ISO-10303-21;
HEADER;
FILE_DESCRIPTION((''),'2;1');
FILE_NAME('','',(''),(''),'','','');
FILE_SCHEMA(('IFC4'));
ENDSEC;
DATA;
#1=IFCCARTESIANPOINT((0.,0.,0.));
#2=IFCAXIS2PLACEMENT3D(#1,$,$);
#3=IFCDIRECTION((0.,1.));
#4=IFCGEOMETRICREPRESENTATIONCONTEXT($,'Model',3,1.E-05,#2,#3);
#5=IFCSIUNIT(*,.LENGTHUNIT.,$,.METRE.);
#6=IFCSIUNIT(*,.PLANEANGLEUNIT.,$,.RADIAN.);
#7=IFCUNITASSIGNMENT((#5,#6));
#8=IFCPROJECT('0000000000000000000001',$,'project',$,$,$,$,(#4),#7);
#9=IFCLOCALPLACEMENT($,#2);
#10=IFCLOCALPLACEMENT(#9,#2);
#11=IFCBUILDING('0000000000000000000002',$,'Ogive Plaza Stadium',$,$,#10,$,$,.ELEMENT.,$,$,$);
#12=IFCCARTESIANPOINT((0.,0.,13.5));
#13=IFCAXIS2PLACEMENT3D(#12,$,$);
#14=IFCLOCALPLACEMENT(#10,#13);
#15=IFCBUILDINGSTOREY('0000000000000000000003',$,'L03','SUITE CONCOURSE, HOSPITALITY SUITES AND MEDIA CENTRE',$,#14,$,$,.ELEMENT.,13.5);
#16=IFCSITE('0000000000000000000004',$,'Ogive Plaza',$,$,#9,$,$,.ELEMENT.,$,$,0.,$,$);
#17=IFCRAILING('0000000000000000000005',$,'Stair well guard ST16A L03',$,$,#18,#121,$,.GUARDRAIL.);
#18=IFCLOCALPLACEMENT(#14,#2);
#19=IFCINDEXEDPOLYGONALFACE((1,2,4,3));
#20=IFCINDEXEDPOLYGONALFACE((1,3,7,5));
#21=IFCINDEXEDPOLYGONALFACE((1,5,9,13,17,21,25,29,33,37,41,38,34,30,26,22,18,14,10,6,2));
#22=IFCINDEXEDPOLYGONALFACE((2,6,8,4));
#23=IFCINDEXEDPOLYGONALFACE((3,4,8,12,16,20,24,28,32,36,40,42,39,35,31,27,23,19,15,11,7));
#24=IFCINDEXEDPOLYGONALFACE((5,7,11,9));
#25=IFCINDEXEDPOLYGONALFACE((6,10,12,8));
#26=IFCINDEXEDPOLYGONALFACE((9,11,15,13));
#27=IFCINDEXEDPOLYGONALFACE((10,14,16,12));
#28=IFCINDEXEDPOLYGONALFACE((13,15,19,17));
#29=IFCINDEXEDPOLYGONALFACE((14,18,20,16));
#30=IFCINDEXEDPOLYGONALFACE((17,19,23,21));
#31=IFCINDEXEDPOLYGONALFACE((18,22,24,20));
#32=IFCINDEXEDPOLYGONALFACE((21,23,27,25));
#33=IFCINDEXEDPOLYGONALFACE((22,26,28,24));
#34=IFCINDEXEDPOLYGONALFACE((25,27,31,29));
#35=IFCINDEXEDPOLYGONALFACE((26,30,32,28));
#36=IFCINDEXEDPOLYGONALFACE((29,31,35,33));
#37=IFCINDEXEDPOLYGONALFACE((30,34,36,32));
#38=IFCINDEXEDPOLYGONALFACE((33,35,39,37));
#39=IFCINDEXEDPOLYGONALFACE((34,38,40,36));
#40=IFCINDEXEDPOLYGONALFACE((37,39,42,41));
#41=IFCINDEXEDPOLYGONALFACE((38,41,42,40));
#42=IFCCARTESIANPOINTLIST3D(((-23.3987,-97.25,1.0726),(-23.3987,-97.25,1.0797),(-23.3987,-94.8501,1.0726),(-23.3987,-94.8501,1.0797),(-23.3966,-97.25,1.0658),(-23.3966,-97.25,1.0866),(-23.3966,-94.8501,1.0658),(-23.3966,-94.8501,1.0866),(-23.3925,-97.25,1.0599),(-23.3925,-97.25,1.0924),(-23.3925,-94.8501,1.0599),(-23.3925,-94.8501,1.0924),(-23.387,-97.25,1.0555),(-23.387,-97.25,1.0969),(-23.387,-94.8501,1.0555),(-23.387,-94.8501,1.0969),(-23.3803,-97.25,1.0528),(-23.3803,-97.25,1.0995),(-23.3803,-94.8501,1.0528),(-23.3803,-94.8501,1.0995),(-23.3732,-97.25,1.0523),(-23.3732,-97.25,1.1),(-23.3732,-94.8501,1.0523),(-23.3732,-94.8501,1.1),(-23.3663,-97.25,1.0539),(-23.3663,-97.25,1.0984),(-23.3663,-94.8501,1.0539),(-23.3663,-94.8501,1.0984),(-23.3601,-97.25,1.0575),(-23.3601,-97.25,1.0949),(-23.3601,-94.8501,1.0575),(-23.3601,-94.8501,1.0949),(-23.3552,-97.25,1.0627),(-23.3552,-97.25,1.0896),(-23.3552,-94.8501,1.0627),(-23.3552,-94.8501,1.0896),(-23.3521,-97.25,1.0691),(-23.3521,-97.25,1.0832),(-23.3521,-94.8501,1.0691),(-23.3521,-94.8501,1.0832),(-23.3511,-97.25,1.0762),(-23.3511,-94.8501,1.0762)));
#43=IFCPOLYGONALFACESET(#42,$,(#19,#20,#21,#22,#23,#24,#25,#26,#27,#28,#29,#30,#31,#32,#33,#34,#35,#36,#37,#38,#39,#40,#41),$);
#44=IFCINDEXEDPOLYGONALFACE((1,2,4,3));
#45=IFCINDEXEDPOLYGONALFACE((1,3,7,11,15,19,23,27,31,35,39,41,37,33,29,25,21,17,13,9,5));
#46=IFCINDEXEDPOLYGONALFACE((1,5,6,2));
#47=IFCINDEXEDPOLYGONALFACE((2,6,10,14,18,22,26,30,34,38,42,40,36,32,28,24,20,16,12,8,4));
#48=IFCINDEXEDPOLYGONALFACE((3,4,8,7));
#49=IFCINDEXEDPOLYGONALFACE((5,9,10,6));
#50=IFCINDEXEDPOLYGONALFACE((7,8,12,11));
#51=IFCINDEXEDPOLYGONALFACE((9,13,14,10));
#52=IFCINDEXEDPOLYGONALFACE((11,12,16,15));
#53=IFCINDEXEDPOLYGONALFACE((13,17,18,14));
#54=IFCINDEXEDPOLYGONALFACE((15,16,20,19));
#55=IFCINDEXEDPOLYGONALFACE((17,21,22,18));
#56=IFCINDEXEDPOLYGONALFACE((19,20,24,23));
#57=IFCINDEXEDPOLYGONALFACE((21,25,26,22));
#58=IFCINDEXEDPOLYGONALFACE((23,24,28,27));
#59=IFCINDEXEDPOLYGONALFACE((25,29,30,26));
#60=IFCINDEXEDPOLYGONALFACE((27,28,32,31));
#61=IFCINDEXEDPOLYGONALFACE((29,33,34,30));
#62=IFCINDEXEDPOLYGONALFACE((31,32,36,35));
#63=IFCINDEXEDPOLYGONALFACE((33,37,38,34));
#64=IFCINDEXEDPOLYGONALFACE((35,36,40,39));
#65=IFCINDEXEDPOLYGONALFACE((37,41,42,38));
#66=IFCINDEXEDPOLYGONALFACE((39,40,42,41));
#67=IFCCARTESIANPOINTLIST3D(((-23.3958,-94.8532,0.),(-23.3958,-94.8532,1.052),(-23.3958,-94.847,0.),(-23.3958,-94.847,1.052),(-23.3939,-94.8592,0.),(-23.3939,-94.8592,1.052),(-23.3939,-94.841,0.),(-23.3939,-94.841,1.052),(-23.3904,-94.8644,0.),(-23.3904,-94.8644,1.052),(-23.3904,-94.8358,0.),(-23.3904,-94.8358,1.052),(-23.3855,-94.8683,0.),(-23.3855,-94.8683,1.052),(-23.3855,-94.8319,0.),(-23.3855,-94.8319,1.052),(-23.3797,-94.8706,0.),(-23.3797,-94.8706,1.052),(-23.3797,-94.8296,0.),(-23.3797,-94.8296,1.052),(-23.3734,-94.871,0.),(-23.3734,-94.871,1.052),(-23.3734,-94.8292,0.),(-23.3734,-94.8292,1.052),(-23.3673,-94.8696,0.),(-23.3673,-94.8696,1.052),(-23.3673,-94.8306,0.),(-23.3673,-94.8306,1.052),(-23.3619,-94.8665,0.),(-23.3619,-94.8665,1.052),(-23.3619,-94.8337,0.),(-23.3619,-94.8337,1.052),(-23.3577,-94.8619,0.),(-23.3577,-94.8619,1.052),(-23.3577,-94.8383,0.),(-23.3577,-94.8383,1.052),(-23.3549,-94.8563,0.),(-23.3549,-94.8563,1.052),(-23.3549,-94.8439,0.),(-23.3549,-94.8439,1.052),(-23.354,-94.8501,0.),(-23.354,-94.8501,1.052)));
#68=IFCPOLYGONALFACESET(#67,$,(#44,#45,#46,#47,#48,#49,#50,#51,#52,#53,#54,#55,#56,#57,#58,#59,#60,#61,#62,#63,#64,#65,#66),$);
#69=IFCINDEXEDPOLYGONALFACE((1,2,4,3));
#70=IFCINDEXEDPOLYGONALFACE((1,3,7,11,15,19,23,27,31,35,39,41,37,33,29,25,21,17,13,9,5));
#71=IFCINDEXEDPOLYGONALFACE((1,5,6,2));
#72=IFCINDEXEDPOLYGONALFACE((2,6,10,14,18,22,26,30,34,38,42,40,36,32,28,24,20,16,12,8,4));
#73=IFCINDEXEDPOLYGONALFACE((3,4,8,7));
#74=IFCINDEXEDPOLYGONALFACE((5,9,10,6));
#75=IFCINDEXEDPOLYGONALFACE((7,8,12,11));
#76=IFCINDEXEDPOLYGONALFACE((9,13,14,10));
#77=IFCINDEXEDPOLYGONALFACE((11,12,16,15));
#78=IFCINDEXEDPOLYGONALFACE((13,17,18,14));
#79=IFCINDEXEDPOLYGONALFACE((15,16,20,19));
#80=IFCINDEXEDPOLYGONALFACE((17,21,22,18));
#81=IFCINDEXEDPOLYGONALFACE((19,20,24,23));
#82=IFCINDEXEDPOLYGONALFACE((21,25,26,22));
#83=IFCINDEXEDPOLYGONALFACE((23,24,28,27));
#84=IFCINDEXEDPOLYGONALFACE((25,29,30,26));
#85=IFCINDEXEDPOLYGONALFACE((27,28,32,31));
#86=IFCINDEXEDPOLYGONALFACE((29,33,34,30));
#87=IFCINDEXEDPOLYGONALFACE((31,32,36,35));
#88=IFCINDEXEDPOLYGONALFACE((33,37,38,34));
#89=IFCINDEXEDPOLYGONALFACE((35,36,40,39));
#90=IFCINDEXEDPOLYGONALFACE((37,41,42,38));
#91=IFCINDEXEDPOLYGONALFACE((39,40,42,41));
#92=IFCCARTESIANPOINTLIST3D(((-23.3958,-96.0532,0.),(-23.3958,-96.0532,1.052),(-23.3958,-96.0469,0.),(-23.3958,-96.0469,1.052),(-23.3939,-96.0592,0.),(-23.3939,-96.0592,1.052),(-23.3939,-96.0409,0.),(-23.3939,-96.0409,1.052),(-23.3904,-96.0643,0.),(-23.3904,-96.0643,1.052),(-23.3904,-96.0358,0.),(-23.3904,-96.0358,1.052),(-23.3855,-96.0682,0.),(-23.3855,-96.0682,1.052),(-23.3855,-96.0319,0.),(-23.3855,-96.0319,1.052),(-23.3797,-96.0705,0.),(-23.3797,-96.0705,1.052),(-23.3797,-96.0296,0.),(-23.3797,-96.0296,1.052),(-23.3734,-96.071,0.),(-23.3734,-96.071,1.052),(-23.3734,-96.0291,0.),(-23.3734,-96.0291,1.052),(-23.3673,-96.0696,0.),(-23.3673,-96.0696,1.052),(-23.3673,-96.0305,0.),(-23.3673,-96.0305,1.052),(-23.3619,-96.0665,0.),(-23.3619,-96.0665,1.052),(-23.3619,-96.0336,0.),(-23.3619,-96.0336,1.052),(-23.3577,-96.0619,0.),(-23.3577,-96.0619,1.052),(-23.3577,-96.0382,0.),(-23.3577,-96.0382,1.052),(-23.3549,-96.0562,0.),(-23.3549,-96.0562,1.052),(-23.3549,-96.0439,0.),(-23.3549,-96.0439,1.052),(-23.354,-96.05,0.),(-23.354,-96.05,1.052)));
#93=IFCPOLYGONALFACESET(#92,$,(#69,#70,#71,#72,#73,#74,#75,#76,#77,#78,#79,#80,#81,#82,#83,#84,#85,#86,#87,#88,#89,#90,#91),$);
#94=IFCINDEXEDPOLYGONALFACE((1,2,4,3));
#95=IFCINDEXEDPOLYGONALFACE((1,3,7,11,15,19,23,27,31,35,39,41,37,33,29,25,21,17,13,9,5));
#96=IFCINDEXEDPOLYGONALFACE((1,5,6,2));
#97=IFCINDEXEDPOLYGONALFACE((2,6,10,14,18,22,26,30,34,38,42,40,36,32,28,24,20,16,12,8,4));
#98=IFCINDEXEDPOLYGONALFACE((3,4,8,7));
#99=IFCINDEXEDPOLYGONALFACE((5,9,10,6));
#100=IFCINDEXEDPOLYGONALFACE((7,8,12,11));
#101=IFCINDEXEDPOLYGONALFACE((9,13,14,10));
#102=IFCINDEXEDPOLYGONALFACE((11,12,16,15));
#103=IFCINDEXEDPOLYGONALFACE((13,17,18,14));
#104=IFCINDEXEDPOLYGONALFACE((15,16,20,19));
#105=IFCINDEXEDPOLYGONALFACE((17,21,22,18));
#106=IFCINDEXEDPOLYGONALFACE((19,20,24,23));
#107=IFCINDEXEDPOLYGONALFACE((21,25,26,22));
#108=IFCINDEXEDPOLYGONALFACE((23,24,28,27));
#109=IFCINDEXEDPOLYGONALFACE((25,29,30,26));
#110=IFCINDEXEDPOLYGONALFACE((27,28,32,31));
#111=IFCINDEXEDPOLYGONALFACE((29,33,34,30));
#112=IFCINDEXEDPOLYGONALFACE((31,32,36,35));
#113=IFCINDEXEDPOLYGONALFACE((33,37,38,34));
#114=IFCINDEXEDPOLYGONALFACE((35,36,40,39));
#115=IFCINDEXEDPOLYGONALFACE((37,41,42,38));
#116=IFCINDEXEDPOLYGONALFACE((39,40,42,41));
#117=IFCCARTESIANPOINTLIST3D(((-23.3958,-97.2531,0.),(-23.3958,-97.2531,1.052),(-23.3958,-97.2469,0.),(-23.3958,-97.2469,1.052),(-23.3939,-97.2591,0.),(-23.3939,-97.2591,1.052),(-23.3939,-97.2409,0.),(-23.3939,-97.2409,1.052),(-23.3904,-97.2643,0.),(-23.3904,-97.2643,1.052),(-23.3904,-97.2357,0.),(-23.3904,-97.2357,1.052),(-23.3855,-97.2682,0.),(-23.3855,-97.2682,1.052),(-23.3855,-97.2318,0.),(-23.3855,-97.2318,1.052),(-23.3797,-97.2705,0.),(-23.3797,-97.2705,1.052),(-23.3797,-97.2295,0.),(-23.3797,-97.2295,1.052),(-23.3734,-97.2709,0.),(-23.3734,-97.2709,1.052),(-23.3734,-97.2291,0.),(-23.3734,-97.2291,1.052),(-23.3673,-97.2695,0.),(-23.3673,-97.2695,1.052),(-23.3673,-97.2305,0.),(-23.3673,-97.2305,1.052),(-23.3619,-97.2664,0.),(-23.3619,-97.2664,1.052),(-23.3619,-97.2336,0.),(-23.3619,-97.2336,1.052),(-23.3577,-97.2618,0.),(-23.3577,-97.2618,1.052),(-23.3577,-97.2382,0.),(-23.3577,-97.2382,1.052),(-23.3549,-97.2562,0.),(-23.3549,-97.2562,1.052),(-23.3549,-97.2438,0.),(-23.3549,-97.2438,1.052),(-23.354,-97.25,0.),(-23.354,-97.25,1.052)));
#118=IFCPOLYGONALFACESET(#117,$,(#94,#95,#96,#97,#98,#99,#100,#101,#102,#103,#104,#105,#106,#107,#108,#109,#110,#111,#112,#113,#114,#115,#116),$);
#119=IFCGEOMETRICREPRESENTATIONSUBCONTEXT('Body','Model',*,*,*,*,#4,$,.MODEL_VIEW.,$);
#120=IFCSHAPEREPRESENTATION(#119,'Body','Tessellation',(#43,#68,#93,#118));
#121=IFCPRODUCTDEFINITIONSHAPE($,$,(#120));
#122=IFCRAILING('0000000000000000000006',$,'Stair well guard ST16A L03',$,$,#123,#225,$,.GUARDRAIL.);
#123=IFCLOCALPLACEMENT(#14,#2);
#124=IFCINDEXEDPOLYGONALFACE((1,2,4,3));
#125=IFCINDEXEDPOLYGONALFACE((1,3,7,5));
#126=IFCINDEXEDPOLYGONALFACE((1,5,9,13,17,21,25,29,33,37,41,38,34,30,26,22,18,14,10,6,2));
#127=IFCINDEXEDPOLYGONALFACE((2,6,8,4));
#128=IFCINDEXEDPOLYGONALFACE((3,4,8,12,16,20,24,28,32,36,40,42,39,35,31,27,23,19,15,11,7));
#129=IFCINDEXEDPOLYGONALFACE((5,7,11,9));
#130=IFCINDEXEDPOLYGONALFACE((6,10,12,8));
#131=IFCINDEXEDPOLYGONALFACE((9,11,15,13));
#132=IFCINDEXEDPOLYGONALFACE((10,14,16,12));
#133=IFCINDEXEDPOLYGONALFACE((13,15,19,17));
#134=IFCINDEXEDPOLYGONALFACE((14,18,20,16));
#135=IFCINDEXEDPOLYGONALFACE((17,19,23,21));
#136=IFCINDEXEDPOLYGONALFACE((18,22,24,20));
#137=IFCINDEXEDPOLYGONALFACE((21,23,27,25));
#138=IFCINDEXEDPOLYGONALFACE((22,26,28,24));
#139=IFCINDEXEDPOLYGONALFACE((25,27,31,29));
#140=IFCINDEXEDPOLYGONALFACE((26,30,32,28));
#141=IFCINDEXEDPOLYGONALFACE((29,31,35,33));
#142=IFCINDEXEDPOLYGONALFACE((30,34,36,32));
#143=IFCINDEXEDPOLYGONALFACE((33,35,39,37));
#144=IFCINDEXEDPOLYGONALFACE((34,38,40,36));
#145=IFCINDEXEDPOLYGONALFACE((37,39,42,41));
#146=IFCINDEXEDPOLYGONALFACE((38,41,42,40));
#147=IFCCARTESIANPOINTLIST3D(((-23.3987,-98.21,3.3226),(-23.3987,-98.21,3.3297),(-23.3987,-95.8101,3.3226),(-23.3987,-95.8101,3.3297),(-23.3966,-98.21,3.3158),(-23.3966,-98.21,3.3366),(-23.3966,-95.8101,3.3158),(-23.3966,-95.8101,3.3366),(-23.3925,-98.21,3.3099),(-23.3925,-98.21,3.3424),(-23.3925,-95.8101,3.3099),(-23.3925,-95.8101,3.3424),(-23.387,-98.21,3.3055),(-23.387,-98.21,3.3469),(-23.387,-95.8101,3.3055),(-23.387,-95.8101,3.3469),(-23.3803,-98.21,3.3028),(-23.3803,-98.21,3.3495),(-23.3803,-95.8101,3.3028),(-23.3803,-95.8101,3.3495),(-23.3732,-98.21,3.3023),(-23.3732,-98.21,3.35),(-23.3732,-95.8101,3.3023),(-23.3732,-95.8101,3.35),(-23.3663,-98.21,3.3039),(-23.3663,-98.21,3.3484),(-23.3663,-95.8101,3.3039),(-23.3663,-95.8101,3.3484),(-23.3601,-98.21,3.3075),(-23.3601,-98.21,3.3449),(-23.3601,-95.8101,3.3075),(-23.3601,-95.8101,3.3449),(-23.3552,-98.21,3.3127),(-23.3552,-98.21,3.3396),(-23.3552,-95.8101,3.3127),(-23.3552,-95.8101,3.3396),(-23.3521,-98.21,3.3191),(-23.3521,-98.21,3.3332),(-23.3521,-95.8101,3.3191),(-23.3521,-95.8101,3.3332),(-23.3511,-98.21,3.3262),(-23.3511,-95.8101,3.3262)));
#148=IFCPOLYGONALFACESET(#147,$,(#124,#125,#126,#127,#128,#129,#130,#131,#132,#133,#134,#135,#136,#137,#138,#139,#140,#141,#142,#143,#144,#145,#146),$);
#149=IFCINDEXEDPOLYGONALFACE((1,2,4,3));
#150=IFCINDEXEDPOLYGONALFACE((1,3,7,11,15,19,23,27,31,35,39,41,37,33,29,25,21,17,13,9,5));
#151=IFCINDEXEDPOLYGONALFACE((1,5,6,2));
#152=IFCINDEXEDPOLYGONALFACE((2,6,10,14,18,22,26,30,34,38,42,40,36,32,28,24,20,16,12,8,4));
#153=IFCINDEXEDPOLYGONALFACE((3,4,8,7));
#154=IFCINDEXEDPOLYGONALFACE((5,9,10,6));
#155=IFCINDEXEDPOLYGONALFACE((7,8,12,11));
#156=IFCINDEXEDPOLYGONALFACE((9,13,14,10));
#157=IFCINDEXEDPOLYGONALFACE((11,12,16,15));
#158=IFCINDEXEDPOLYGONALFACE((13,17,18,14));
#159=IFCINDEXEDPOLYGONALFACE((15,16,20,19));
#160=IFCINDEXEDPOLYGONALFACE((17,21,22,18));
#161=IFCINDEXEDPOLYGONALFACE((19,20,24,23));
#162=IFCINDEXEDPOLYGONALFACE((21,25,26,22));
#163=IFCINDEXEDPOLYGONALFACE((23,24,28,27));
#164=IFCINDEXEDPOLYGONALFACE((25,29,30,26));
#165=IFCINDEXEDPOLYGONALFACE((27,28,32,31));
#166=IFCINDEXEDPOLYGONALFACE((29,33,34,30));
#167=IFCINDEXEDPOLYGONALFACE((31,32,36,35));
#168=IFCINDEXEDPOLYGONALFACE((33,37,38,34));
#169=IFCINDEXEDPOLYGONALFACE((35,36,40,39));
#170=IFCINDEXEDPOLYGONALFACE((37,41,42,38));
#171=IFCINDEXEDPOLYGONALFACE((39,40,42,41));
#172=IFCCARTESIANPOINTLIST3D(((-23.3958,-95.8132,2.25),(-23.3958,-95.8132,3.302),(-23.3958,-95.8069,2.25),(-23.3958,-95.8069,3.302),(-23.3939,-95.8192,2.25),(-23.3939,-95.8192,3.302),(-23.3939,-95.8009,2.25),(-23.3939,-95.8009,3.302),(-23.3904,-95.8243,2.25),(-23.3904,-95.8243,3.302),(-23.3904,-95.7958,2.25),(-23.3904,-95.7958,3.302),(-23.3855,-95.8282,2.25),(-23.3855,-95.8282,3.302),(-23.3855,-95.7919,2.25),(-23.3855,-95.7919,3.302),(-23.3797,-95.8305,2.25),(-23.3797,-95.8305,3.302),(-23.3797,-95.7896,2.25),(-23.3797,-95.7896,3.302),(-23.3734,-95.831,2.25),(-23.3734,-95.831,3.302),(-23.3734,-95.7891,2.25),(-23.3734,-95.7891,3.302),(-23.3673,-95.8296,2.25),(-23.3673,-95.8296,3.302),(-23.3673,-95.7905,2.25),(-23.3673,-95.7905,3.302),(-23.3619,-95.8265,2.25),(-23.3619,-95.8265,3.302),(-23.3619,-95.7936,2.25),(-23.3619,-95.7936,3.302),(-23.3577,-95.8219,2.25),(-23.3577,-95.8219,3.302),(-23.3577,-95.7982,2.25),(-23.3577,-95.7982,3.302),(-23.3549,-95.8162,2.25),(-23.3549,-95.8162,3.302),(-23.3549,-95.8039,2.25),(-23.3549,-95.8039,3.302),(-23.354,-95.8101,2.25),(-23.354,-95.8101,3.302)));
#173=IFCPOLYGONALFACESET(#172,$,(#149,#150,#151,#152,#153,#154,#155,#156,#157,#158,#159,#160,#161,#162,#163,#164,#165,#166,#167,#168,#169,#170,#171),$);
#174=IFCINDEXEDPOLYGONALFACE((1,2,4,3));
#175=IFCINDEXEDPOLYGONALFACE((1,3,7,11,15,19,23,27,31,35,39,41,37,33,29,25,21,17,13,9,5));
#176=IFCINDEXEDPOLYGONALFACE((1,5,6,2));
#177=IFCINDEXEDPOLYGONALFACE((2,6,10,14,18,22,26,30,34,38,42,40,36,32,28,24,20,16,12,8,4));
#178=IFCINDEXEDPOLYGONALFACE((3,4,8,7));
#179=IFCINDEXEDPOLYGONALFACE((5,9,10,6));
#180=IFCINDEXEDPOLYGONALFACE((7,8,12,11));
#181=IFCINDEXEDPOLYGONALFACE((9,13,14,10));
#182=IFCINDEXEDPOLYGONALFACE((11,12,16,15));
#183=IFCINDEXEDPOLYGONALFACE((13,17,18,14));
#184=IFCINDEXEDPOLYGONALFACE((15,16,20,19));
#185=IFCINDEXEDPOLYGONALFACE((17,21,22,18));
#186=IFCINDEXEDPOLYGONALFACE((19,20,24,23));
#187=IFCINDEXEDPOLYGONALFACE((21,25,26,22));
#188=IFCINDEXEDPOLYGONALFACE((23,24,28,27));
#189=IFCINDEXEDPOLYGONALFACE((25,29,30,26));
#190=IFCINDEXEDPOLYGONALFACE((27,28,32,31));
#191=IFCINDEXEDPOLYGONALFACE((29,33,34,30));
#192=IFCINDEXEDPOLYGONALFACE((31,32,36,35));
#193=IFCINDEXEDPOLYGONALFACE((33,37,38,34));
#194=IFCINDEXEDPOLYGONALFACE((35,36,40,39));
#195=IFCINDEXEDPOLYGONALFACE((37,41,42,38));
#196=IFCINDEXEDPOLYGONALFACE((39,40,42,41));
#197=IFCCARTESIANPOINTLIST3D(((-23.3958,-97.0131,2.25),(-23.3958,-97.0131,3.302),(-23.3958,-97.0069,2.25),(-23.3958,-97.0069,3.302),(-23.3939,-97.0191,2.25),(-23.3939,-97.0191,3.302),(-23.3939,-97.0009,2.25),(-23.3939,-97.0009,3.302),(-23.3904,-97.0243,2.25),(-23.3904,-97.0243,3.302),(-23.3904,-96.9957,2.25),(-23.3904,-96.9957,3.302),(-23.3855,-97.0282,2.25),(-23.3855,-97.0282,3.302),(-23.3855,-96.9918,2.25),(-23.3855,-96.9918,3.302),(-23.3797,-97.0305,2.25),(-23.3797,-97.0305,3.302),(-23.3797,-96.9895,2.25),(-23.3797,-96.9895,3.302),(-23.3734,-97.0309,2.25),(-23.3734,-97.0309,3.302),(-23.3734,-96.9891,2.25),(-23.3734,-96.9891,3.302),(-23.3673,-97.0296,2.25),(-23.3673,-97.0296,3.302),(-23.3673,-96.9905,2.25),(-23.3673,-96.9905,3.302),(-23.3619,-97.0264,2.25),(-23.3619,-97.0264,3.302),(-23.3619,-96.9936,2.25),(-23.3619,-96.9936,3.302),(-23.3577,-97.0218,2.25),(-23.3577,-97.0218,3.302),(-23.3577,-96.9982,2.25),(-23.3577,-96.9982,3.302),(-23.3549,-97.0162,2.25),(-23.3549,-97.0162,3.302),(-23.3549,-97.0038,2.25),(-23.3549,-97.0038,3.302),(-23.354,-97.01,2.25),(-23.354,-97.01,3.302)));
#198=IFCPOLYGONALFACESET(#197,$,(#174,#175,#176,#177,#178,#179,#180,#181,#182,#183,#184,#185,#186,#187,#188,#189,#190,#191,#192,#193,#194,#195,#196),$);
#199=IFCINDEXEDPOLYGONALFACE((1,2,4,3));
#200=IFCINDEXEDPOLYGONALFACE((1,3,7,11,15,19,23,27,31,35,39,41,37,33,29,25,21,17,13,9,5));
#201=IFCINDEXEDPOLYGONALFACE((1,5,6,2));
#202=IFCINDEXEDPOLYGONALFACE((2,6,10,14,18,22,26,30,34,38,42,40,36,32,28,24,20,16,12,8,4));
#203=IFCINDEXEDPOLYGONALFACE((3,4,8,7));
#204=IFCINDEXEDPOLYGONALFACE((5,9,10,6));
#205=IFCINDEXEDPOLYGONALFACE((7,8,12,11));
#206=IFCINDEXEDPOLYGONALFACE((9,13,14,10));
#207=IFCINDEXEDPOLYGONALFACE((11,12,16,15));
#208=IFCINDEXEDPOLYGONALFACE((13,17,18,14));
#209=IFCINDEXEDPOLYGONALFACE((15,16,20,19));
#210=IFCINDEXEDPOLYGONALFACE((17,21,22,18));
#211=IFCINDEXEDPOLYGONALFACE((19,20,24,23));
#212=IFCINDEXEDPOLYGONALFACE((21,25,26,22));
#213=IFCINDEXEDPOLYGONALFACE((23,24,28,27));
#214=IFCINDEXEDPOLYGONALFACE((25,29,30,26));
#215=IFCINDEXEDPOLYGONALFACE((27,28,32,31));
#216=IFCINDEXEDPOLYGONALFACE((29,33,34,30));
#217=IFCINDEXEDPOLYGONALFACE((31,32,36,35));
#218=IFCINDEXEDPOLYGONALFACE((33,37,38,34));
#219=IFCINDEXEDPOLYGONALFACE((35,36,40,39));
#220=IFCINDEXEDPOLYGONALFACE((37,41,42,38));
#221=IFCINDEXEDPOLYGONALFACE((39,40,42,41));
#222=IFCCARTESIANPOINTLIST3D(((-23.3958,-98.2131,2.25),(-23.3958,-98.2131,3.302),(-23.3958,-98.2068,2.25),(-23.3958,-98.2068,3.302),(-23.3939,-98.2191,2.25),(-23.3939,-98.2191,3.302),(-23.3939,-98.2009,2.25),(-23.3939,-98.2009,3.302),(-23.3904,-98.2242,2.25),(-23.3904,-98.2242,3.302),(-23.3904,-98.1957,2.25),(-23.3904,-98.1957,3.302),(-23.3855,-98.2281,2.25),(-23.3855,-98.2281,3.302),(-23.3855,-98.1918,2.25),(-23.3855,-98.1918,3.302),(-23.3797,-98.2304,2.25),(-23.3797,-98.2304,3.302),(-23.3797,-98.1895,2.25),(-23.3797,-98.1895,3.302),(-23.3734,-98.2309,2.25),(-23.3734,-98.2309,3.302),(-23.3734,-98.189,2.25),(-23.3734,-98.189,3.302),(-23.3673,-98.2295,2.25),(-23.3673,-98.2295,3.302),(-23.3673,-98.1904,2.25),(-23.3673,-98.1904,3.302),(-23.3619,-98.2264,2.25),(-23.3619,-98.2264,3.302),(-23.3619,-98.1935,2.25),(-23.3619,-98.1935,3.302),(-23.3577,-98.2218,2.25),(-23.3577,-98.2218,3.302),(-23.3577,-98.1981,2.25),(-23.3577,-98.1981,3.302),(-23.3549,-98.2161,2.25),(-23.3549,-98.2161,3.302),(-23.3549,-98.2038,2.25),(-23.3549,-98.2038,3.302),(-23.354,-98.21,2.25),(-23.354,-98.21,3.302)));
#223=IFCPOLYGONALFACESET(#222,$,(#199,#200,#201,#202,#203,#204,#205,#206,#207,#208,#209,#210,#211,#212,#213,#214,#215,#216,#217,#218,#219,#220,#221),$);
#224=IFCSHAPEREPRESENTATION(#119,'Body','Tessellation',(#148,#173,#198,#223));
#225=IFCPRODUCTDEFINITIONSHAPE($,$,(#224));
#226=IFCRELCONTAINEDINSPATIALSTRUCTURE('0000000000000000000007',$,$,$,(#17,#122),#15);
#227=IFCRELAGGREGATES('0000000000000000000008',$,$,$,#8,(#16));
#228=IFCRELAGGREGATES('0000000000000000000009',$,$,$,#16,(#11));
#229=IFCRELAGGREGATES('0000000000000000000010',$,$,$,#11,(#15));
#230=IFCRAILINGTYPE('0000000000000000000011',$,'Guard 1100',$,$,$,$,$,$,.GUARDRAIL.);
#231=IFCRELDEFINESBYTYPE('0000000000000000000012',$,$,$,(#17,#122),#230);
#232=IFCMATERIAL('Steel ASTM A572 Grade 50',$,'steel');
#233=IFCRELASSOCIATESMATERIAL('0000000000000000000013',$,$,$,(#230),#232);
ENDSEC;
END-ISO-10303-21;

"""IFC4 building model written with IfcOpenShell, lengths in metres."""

from ifc_helpers import new_model, si_unit, direction, frame, origin, origin_2d, place, context, subcontext, project, spatial, circle, extrude, material, type_object, element, save


model = new_model("IFC4")

# Units and contexts
model_context = context("Model", 3, precision=1e-05, world=origin(), true_north=direction((0.0, 1.0)))
body_context = subcontext(model_context, "Body", "Model", "MODEL_VIEW")
ifc_project = project(units=[si_unit("LENGTHUNIT", "METRE"), si_unit("PLANEANGLEUNIT", "RADIAN")], contexts=[model_context])

# Site, building, storey
site_placement = place(None, origin())
site = spatial("IfcSite", under=ifc_project, at=site_placement, Name="Ogive Plaza", CompositionType="ELEMENT", RefElevation=0.0)
building_placement = place(site_placement, origin())
building = spatial("IfcBuilding", under=site, at=building_placement, Name="Ogive Plaza Stadium", CompositionType="ELEMENT")
storey_placement = place(building_placement, frame((0.0, 0.0, 13.5)))
storey = spatial("IfcBuildingStorey", under=building, at=storey_placement, Name="L03", Description="SUITE CONCOURSE, HOSPITALITY SUITES AND MEDIA CENTRE", CompositionType="ELEMENT", Elevation=13.5)

# Railings
ifc_material_1 = material(Name="Steel ASTM A572 Grade 50", Category="steel")
railing_type_1 = type_object("IfcRailingType", Name="Guard 1100", PredefinedType="GUARDRAIL", material=ifc_material_1)
for number, where, name in (
    (1, (-23.375, -94.8501, 0.0), "Stair well guard ST16A L03"),
    (2, (-23.375, -95.8101, 2.25), "Stair well guard ST16A L03"),
):
    element("IfcRailing", number, at=place(storey_placement, frame(where)), inside=storey, type_object=railing_type_1, Name=name, PredefinedType="GUARDRAIL", context=body_context, shape_type="SweptSolid", body=[
        extrude(circle(Radius=0.0239, at=origin_2d()), frame((0.0, 0.0, 1.0762), z_axis=(0.0, -1.0, 0.0), x_axis=(1.0, 0.0, 0.0)), (0.0, 0.0, 1.0), 2.3999),
        extrude(circle(Radius=0.021, at=origin_2d()), origin(), (0.0, 0.0, 1.0), 1.052),
        extrude(circle(Radius=0.021, at=origin_2d()), frame((0.0, -1.2, 0.0)), (0.0, 0.0, 1.0), 1.052),
        extrude(circle(Radius=0.021, at=origin_2d()), frame((0.0, -2.3999, 0.0)), (0.0, 0.0, 1.0), 1.052),
    ])

save(model, "model.ifc")
